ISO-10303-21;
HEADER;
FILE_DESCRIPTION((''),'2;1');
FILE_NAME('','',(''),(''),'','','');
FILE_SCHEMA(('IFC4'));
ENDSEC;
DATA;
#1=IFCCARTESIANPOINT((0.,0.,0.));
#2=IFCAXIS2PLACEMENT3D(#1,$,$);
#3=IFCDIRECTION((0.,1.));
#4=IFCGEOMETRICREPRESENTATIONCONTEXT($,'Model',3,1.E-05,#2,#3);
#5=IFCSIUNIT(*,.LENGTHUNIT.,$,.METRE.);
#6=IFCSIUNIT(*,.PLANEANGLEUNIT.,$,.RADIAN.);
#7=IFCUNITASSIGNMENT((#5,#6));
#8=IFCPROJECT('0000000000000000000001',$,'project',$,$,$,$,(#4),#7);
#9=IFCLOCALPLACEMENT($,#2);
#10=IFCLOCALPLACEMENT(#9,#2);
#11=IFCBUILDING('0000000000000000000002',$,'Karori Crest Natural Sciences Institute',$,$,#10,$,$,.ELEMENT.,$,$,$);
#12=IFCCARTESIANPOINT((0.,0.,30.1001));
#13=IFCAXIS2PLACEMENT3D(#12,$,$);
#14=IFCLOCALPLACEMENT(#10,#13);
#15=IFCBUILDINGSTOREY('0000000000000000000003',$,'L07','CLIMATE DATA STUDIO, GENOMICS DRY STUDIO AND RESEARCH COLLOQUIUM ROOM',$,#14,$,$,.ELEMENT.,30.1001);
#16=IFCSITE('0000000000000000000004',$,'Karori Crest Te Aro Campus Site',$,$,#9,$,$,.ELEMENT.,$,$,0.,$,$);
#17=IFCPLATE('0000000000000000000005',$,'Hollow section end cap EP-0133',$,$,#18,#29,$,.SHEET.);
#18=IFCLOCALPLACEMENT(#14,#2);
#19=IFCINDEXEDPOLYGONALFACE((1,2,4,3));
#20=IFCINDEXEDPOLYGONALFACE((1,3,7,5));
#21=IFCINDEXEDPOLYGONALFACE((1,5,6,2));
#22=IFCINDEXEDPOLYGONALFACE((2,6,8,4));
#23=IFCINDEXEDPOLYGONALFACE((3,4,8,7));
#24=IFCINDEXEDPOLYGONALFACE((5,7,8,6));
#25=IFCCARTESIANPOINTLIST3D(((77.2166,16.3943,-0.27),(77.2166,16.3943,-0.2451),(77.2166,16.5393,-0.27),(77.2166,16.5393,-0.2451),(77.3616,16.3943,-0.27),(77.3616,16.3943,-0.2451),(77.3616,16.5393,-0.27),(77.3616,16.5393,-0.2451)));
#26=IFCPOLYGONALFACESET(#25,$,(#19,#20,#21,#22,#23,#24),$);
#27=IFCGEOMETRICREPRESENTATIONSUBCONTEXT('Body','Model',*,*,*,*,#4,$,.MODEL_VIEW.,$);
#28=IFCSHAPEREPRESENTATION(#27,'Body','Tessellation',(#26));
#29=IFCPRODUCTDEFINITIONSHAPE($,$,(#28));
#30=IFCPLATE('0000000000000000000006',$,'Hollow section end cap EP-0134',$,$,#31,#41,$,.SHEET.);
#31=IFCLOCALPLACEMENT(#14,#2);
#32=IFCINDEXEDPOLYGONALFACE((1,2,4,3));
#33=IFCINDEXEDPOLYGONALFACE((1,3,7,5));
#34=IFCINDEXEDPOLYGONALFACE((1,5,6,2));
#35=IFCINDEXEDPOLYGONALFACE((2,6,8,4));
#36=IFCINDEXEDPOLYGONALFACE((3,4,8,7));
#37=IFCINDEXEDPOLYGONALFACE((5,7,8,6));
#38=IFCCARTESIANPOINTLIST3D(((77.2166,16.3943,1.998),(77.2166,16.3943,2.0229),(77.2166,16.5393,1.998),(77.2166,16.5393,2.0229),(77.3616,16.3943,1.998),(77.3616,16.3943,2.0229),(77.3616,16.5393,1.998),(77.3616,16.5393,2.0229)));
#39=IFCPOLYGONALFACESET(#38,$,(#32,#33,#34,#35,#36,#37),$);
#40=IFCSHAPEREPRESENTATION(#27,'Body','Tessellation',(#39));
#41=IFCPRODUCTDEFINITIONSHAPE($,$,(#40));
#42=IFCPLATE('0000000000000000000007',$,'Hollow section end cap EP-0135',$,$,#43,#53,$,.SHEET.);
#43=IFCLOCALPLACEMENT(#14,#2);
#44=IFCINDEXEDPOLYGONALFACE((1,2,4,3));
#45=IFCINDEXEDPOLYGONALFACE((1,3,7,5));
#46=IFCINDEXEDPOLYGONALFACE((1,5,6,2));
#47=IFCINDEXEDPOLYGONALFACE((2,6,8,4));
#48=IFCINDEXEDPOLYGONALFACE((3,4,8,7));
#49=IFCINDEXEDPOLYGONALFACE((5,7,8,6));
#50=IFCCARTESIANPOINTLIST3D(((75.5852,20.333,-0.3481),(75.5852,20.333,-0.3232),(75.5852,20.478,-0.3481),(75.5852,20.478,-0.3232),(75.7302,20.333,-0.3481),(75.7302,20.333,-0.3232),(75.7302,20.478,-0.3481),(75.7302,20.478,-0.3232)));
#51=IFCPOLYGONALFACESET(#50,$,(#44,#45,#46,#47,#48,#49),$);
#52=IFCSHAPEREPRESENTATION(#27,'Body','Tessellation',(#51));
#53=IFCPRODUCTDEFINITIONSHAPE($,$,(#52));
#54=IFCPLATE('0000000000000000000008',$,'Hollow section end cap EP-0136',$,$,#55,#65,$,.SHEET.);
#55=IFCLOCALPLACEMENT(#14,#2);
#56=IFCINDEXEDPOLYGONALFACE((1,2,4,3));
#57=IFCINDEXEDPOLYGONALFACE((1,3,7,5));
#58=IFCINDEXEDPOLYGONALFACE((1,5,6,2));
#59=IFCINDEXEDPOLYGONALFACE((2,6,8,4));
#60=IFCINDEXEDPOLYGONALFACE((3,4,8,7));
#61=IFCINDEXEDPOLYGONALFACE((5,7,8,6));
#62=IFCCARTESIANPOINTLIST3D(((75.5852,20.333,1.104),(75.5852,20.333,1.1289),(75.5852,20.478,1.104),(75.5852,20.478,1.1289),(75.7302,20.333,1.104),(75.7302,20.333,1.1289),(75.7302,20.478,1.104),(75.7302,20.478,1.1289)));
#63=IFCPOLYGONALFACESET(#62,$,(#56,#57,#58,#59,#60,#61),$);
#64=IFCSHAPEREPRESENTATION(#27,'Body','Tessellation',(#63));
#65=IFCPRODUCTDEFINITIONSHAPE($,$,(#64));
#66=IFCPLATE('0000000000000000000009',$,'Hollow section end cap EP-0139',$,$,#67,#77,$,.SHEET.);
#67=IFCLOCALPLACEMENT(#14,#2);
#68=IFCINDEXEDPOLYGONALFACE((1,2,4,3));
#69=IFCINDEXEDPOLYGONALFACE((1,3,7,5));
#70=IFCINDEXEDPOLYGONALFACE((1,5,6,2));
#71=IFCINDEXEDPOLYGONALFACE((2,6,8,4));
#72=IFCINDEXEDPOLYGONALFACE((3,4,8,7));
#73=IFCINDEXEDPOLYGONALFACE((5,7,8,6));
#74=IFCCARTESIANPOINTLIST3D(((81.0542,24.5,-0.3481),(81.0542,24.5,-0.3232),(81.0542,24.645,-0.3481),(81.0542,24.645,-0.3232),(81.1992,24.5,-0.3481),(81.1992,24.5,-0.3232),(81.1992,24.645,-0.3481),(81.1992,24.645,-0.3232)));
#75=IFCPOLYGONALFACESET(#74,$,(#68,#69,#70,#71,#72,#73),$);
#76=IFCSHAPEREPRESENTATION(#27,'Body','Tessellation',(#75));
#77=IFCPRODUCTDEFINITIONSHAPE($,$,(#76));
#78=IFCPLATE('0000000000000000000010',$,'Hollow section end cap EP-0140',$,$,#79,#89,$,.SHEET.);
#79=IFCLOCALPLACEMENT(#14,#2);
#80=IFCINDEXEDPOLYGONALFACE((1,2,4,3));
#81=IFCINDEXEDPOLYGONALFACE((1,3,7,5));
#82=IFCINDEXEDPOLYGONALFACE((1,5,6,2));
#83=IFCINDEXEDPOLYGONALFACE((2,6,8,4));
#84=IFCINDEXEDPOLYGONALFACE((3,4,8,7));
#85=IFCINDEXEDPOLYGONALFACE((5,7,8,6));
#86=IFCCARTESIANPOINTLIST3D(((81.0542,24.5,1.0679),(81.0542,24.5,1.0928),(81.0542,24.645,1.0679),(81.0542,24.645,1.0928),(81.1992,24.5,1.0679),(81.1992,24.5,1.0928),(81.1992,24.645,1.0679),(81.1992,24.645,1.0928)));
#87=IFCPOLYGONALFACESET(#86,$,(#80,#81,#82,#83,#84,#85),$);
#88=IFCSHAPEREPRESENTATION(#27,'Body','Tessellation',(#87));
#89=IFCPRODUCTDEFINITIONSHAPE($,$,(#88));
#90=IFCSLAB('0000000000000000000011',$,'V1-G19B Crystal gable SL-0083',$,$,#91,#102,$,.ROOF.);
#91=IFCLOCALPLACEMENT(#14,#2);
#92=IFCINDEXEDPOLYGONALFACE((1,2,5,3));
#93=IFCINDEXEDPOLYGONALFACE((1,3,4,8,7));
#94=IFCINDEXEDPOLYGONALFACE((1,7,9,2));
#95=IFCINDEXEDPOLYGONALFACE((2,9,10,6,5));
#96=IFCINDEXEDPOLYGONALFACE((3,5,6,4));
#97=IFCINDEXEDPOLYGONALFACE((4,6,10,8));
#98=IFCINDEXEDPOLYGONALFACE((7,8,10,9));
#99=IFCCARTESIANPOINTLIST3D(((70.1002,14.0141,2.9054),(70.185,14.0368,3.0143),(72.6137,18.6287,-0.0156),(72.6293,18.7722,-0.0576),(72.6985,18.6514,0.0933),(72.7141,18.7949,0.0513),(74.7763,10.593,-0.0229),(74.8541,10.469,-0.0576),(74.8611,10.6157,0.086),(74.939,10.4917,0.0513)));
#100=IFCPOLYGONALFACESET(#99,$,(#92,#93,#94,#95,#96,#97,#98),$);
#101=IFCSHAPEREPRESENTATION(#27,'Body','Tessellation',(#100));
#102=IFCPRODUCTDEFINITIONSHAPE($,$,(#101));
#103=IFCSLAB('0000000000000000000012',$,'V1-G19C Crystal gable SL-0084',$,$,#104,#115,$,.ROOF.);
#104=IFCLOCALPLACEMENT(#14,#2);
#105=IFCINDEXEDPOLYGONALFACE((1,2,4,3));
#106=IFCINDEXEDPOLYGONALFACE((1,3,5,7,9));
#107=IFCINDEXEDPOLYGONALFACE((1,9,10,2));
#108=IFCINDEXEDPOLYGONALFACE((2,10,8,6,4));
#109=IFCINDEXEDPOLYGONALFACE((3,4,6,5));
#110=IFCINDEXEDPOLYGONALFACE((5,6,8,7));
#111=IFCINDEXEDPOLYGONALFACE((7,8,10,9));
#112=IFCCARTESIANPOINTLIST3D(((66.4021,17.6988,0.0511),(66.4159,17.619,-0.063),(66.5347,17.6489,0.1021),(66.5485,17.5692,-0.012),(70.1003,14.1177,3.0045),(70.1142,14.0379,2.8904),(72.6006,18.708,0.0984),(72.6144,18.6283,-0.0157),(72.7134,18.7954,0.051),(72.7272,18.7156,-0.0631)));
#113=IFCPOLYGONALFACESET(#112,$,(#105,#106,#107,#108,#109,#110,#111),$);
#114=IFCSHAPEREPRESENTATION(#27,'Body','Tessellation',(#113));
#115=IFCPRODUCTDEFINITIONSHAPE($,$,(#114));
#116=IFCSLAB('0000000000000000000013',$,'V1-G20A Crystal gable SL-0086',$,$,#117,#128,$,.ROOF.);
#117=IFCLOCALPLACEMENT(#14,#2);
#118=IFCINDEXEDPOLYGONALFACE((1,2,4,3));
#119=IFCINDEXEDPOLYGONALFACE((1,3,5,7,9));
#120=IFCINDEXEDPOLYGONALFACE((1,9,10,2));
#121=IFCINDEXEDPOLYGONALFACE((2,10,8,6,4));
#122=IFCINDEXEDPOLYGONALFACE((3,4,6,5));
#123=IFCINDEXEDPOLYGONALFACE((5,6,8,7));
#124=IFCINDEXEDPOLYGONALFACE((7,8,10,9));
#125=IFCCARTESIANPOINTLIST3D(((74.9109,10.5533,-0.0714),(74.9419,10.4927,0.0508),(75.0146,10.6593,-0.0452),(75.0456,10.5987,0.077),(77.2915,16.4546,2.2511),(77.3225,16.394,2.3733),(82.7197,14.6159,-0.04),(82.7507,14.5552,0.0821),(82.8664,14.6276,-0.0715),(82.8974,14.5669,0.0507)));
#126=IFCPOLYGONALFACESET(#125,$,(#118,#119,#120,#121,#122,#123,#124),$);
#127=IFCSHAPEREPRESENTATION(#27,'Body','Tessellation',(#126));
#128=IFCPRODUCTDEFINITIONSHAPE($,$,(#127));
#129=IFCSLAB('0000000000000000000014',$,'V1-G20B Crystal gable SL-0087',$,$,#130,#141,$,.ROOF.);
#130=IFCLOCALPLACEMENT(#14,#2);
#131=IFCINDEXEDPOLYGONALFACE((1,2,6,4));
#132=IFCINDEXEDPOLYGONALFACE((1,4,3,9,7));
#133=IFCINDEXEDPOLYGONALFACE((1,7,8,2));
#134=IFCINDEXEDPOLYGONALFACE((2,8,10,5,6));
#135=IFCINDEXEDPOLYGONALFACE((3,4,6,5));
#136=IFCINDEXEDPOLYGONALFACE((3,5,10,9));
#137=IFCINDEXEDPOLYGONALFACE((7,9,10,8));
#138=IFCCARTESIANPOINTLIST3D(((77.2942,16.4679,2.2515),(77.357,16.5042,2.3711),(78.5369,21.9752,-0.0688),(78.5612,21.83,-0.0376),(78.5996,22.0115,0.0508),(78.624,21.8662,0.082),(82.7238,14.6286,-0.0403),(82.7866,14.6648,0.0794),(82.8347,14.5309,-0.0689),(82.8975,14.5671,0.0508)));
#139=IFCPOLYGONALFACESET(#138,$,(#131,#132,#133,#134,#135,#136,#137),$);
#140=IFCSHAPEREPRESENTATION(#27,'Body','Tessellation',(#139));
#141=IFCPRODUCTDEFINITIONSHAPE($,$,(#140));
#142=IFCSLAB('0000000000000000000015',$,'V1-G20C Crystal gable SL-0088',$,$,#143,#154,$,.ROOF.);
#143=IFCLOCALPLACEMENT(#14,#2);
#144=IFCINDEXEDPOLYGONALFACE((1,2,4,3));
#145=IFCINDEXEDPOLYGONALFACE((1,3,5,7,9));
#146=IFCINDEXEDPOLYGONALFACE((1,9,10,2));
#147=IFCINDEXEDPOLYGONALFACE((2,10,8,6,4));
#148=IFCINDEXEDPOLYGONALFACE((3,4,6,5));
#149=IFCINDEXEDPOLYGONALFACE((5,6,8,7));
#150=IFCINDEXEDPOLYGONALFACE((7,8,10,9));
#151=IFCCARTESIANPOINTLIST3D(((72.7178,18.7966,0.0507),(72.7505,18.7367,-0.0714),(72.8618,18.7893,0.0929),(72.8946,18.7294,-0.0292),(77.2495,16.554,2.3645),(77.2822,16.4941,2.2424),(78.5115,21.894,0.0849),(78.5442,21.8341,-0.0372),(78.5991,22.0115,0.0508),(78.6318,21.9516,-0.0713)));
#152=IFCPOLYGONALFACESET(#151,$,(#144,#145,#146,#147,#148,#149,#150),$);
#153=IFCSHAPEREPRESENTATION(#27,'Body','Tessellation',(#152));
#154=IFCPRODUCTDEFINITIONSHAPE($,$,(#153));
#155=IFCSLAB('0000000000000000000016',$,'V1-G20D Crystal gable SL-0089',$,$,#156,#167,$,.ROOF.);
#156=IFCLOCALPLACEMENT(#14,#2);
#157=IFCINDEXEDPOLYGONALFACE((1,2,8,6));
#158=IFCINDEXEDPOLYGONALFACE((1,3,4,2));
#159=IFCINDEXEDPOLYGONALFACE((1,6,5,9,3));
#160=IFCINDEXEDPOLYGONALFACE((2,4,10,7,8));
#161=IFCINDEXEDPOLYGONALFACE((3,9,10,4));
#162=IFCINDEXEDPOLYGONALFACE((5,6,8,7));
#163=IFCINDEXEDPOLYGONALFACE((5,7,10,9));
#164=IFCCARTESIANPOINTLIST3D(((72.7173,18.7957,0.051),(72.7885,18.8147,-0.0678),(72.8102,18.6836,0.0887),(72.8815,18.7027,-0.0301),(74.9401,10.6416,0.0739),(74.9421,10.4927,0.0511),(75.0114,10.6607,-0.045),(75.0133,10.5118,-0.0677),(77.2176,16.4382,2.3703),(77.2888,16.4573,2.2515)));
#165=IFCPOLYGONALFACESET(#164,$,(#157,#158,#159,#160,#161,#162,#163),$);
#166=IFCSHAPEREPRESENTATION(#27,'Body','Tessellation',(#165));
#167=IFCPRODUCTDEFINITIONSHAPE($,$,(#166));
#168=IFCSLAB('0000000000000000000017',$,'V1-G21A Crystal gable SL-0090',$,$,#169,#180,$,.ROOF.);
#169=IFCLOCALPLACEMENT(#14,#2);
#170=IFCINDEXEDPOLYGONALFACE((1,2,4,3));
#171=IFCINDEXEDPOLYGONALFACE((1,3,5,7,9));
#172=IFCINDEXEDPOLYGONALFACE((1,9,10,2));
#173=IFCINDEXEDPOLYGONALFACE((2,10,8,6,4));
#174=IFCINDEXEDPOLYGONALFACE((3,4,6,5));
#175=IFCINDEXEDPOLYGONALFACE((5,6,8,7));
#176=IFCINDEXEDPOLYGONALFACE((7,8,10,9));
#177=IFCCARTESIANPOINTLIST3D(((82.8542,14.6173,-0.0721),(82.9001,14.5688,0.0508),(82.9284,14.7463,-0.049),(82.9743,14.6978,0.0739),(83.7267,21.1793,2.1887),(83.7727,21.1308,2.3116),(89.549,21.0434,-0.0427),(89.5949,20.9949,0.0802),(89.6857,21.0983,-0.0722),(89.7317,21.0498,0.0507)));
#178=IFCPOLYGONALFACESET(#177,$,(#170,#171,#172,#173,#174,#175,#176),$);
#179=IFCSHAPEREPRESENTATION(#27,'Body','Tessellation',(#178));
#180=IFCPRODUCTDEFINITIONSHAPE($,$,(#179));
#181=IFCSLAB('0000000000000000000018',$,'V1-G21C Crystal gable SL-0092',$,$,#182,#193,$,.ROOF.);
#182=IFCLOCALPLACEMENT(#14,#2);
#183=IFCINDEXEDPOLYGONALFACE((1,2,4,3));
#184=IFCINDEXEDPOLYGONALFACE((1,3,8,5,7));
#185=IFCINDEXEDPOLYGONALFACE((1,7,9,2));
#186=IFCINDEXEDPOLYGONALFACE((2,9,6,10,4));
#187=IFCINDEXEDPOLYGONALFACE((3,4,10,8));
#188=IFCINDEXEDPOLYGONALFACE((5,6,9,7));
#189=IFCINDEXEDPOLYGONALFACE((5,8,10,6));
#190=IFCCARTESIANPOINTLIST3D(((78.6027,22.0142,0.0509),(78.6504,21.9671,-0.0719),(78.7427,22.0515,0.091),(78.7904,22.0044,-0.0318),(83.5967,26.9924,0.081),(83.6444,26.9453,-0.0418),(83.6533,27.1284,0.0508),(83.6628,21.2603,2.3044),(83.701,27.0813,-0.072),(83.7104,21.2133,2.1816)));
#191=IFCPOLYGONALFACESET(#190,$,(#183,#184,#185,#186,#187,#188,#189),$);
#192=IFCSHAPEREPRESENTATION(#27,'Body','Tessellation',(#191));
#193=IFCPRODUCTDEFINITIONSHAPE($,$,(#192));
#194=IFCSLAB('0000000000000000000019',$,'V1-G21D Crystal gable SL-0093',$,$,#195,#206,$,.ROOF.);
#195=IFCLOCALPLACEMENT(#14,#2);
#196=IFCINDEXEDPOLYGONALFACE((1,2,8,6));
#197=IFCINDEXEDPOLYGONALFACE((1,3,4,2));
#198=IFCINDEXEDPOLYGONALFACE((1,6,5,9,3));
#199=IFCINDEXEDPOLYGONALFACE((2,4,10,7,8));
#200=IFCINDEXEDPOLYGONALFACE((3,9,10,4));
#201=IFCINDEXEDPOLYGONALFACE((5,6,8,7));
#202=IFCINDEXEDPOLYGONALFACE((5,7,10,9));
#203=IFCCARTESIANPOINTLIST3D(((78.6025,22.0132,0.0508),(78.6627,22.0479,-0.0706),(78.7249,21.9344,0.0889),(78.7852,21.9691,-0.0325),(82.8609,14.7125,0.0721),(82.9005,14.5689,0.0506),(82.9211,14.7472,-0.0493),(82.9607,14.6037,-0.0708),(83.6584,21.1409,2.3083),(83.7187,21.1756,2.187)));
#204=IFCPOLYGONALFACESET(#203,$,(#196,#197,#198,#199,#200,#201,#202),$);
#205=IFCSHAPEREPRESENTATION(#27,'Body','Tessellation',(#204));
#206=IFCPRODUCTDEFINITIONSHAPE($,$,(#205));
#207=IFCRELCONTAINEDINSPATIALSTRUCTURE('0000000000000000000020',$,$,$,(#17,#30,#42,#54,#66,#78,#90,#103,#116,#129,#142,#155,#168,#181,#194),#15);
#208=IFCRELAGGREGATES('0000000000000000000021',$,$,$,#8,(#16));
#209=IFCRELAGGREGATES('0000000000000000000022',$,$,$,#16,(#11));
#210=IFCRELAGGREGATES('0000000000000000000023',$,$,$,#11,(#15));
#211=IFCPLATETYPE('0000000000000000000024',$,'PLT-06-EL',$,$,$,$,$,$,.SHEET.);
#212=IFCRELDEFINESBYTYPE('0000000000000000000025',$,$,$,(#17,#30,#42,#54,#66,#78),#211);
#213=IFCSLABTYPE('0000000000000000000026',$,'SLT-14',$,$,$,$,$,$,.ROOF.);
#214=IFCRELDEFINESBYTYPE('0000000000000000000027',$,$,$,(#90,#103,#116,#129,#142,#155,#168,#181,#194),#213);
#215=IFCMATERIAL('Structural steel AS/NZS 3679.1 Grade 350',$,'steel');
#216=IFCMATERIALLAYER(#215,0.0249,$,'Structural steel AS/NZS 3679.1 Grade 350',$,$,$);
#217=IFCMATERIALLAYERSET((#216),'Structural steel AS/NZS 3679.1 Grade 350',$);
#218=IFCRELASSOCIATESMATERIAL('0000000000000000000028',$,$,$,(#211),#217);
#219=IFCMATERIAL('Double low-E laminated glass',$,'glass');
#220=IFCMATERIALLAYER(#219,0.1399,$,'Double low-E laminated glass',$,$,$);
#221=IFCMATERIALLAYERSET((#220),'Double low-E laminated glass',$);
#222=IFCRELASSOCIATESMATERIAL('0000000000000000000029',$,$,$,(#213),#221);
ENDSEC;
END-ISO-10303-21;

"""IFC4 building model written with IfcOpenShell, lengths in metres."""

from ifc_helpers import new_model, si_unit, direction, frame, origin, origin_2d, place, context, subcontext, project, spatial, polyline, rectangle, outline, extrude, material, layer, layer_set, type_object, element, save


model = new_model("IFC4")

# Units and contexts
model_context = context("Model", 3, precision=1e-05, world=origin(), true_north=direction((0.0, 1.0)))
body_context = subcontext(model_context, "Body", "Model", "MODEL_VIEW")
ifc_project = project(units=[si_unit("LENGTHUNIT", "METRE"), si_unit("PLANEANGLEUNIT", "RADIAN")], contexts=[model_context])

# Site, building, storey
site_placement = place(None, origin())
site = spatial("IfcSite", under=ifc_project, at=site_placement, Name="Karori Crest Te Aro Campus Site", CompositionType="ELEMENT", RefElevation=0.0)
building_placement = place(site_placement, origin())
building = spatial("IfcBuilding", under=site, at=building_placement, Name="Karori Crest Natural Sciences Institute", CompositionType="ELEMENT")
storey_placement = place(building_placement, frame((0.0, 0.0, 30.1001)))
storey = spatial("IfcBuildingStorey", under=building, at=storey_placement, Name="L07", Description="CLIMATE DATA STUDIO, GENOMICS DRY STUDIO AND RESEARCH COLLOQUIUM ROOM", CompositionType="ELEMENT", Elevation=30.1001)

# Shared definitions
ifc_material_1 = material(Name="Structural steel AS/NZS 3679.1 Grade 350", Category="steel")

# Plates
ifc_layer_1 = layer(ifc_material_1, 0.0249, Name="Structural steel AS/NZS 3679.1 Grade 350")
ifc_layer_set_1 = layer_set([ifc_layer_1], Name="Structural steel AS/NZS 3679.1 Grade 350")
plate_type = type_object("IfcPlateType", Name="PLT-06-EL", PredefinedType="SHEET", material=ifc_layer_set_1)
for number, where, z_axis, x_axis, name in (
    (1, (77.2891, 16.4668, -0.27), (0.0, 0.0, 1.0), (1.0, 0.0, 0.0), "Hollow section end cap EP-0133"),
    (2, (77.2891, 16.4668, 1.998), (0.0, 0.0, 1.0), (1.0, 0.0, 0.0), "Hollow section end cap EP-0134"),
    (3, (75.6577, 20.4055, -0.3481), (0.0, 0.0, 1.0), (1.0, 0.0, 0.0), "Hollow section end cap EP-0135"),
    (4, (75.6577, 20.4055, 1.104), (0.0, 0.0, 1.0), (1.0, 0.0, 0.0), "Hollow section end cap EP-0136"),
    (5, (81.1267, 24.5725, -0.3481), (0.0, 0.0, 1.0), (1.0, 0.0, 0.0), "Hollow section end cap EP-0139"),
    (6, (81.1267, 24.5725, 1.0679), (0.0, 0.0, 1.0), (1.0, 0.0, 0.0), "Hollow section end cap EP-0140"),
):
    element("IfcPlate", number, at=place(storey_placement, frame(where, z_axis=z_axis, x_axis=x_axis)), inside=storey, type_object=plate_type, Name=name, PredefinedType="SHEET", context=body_context, shape_type="SweptSolid", body=[
        extrude(rectangle(XDim=0.145, YDim=0.145, at=origin_2d()), origin(), (0.0, 0.0, 1.0), 0.0249),
    ])

# Slabs
ifc_material_2 = material(Name="Double low-E laminated glass", Category="glass")
ifc_layer_2 = layer(ifc_material_2, 0.1399, Name="Double low-E laminated glass")
ifc_layer_set_2 = layer_set([ifc_layer_2], Name="Double low-E laminated glass")
slab_type = type_object("IfcSlabType", Name="SLT-14", PredefinedType="ROOF", material=ifc_layer_set_2)
slab_1_placement = place(storey_placement, frame((74.939, 10.4917, 0.0513), z_axis=(0.606338, 0.162472, 0.778432), x_axis=(-0.258822, 0.965925, -0.000002)))
element("IfcSlab", 7, at=slab_1_placement, inside=storey, type_object=slab_type, Name="V1-G19B Crystal gable SL-0083", PredefinedType="ROOF", context=body_context, shape_type="SweptSolid", body=[
    extrude(outline(polyline([(0.0, 0.0), (8.5961, 0.0), (8.4615, 0.067), (4.6548, 4.7203), (0.14, 0.0553), (0.0, 0.0)])), origin(), (0.0, 0.0, -1.0), 0.1399),
])
slab_2_placement = place(storey_placement, frame((72.7134, 18.7954, 0.051), z_axis=(-0.099068, 0.57023, 0.815489), x_axis=(-0.985238, -0.171189, 0.000015)))
element("IfcSlab", 8, at=slab_2_placement, inside=storey, type_object=slab_type, Name="V1-G19C Crystal gable SL-0084", PredefinedType="ROOF", context=body_context, shape_type="SweptSolid", body=[
    extrude(outline(polyline([(0.0, 0.0), (6.4059, 0.0), (6.2838, 0.0881), (3.3753, 5.1028), (0.1261, 0.0819), (0.0, 0.0)])), origin(), (0.0, 0.0, -1.0), 0.1399),
])
slab_3_placement = place(storey_placement, frame((74.9419, 10.4927, 0.0508), z_axis=(0.221916, -0.433297, 0.873503), x_axis=(0.890067, 0.45583, -0.000012)))
element("IfcSlab", 9, at=slab_3_placement, inside=storey, type_object=slab_type, Name="V1-G20A Crystal gable SL-0086", PredefinedType="ROOF", context=body_context, shape_type="SweptSolid", body=[
    extrude(outline(polyline([(0.0, 0.0), (8.9381, 0.0), (8.8022, 0.0646), (4.8089, 4.771), (0.1407, 0.0539), (0.0, 0.0)])), origin(), (0.0, 0.0, -1.0), 0.1399),
])
slab_4_placement = place(storey_placement, frame((82.8975, 14.5671, 0.0508), z_axis=(0.448763, 0.259077, 0.855272), x_axis=(-0.499985, 0.866034, 0.000006)))
element("IfcSlab", 10, at=slab_4_placement, inside=storey, type_object=slab_type, Name="V1-G20B Crystal gable SL-0087", PredefinedType="ROOF", context=body_context, shape_type="SweptSolid", body=[
    extrude(outline(polyline([(0.0, 0.0), (8.5959, 0.0), (8.4579, 0.0602), (4.4477, 4.4779), (0.14, 0.0551), (0.0, 0.0)])), origin(), (0.0, 0.0, -1.0), 0.1399),
])
slab_5_placement = place(storey_placement, frame((78.5991, 22.0115, 0.0508), z_axis=(-0.233941, 0.427966, 0.872993), x_axis=(-0.877465, -0.479641, -0.000006)))
element("IfcSlab", 11, at=slab_5_placement, inside=storey, type_object=slab_type, Name="V1-G20C Crystal gable SL-0088", PredefinedType="ROOF", context=body_context, shape_type="SweptSolid", body=[
    extrude(outline(polyline([(0.0, 0.0), (6.7026, 0.0), (6.5798, 0.0865), (3.8019, 4.7439), (0.1332, 0.0699), (0.0, 0.0)])), origin(), (0.0, 0.0, -1.0), 0.1399),
])
slab_6_placement = place(storey_placement, frame((72.7173, 18.7957, 0.051), z_axis=(-0.509378, -0.13648, 0.849651), x_axis=(0.258821, -0.965925, 0.00001)))
element("IfcSlab", 12, at=slab_6_placement, inside=storey, type_object=slab_type, Name="V1-G20D Crystal gable SL-0089", PredefinedType="ROOF", context=body_context, shape_type="SweptSolid", body=[
    extrude(outline(polyline([(0.0, 0.0), (8.5959, 0.0), (8.4515, 0.0431), (3.4419, 4.398), (0.1323, 0.0715), (0.0, 0.0)])), origin(), (0.0, 0.0, -1.0), 0.1399),
])
slab_7_placement = place(storey_placement, frame((82.9001, 14.5688, 0.0508), z_axis=(0.328645, -0.346414, 0.878629), x_axis=(0.725475, 0.688249, -0.000006)))
element("IfcSlab", 13, at=slab_7_placement, inside=storey, type_object=slab_type, Name="V1-G21A Crystal gable SL-0090", PredefinedType="ROOF", context=body_context, shape_type="SweptSolid", body=[
    extrude(outline(polyline([(0.0, 0.0), (9.4166, 0.0), (9.2796, 0.0618), (5.1493, 4.7347), (0.1426, 0.0484), (0.0, 0.0)])), origin(), (0.0, 0.0, -1.0), 0.1399),
])
slab_8_placement = place(storey_placement, frame((83.6533, 27.1284, 0.0508), z_axis=(-0.340799, 0.336582, 0.877821), x_axis=(-0.702667, -0.711518, 0.000018)))
element("IfcSlab", 14, at=slab_8_placement, inside=storey, type_object=slab_type, Name="V1-G21C Crystal gable SL-0092", PredefinedType="ROOF", context=body_context, shape_type="SweptSolid", body=[
    extrude(outline(polyline([(0.0, 0.0), (7.1877, 0.0), (7.0629, 0.0836), (4.1687, 4.7049), (0.1366, 0.063), (0.0, 0.0)])), origin(), (0.0, 0.0, -1.0), 0.1399),
])
slab_9_placement = place(storey_placement, frame((78.6025, 22.0132, 0.0508), z_axis=(-0.430355, -0.248488, 0.867783), x_axis=(0.499999, -0.866026, -0.000023)))
element("IfcSlab", 15, at=slab_9_placement, inside=storey, type_object=slab_type, Name="V1-G21D Crystal gable SL-0093", PredefinedType="ROOF", context=body_context, shape_type="SweptSolid", body=[
    extrude(outline(polyline([(0.0, 0.0), (8.5959, 0.0), (8.4518, 0.0432), (3.2833, 4.5431), (0.1294, 0.0768), (0.0, 0.0)])), origin(), (0.0, 0.0, -1.0), 0.1399),
])

save(model, "model.ifc")
